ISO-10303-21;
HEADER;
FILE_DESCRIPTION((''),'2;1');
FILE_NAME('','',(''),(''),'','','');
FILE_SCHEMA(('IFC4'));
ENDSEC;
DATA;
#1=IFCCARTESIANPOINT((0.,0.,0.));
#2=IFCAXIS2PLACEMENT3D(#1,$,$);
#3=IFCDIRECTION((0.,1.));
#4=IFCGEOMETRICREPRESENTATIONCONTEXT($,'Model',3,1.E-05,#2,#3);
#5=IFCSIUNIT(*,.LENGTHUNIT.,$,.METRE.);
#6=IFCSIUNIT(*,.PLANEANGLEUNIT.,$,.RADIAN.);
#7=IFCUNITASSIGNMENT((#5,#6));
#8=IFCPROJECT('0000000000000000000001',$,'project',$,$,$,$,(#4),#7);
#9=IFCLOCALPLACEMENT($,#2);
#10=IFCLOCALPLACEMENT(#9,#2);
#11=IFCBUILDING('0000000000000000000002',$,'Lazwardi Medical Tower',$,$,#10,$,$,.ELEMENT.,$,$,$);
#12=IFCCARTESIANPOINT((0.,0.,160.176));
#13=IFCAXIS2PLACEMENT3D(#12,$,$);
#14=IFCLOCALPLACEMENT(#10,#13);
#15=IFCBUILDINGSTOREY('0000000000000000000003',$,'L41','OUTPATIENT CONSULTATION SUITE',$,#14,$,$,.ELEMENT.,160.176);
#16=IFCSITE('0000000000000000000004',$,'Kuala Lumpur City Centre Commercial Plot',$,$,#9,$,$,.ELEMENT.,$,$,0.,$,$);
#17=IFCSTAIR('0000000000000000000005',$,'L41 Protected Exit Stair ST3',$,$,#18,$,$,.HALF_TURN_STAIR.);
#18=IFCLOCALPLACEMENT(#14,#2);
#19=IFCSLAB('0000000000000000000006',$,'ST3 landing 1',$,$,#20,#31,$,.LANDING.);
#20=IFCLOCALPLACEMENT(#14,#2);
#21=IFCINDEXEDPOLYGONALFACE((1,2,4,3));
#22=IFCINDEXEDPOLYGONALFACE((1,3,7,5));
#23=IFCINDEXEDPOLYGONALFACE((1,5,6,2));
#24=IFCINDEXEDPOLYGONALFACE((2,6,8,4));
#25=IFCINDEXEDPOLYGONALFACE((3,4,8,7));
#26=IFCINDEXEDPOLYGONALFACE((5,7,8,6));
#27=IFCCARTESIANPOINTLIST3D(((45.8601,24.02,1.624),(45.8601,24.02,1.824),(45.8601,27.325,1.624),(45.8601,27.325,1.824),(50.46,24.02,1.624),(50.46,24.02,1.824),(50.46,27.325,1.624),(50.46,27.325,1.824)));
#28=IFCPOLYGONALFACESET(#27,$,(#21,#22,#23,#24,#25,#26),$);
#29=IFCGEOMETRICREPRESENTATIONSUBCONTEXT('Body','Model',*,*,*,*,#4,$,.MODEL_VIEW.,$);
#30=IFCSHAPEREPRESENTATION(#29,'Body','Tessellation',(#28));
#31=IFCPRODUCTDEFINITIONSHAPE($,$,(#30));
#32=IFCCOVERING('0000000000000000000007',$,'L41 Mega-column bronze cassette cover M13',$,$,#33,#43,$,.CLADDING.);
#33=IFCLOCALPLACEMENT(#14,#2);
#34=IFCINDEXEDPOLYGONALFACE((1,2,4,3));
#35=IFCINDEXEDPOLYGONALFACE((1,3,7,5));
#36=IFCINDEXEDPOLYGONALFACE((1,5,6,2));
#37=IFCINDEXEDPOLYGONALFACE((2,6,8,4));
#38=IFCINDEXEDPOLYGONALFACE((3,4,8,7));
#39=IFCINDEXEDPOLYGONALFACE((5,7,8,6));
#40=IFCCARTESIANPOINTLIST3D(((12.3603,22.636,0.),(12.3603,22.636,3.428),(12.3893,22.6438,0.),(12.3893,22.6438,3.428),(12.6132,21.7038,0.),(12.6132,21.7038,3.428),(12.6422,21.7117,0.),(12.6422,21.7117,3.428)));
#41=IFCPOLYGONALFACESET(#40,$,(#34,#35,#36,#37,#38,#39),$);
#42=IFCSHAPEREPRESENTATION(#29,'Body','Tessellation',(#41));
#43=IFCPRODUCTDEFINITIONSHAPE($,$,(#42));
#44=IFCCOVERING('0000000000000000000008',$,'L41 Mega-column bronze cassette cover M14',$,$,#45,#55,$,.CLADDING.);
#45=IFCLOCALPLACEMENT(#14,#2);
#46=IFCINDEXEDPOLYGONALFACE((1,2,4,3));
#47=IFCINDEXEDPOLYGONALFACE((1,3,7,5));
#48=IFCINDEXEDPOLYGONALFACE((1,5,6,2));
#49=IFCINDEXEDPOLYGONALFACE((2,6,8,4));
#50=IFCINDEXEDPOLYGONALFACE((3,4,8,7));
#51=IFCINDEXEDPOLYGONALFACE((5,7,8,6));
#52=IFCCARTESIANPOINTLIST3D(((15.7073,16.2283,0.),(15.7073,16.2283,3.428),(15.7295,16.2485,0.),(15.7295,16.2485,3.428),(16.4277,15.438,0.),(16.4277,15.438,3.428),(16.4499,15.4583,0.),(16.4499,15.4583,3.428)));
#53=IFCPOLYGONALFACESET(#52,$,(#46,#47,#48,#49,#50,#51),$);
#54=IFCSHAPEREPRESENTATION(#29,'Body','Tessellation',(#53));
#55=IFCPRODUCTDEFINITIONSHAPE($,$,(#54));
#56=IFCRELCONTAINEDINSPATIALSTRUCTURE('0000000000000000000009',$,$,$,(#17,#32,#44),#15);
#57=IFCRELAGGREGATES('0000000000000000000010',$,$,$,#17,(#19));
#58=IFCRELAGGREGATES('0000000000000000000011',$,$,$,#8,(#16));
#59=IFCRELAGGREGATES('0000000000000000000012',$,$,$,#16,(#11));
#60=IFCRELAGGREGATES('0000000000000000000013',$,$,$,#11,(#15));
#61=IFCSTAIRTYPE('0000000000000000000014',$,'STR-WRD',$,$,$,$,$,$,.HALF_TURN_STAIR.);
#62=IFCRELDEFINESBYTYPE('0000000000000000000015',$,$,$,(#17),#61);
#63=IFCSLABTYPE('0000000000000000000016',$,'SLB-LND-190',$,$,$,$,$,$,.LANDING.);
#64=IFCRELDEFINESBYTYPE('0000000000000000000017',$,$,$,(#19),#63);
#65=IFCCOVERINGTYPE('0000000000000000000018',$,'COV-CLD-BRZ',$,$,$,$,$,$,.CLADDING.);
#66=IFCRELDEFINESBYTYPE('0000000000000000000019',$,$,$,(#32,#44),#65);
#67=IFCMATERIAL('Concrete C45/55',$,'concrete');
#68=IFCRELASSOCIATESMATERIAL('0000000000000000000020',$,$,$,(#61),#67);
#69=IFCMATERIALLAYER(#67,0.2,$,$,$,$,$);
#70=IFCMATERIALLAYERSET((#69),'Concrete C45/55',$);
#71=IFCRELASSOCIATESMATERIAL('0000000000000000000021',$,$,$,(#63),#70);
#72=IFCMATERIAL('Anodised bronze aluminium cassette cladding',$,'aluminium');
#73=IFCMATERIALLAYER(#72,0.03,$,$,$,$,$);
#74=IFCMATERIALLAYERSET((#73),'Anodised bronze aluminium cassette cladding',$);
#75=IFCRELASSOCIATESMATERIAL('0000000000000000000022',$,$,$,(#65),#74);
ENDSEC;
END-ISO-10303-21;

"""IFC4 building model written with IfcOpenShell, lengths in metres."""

from ifc_helpers import new_model, si_unit, direction, frame, origin, origin_2d, place, context, subcontext, project, spatial, polyline, rectangle, outline, extrude, material, layer, layer_set, type_object, element, aggregate, save


model = new_model("IFC4")

# Units and contexts
model_context = context("Model", 3, precision=1e-05, world=origin(), true_north=direction((0.0, 1.0)))
body_context = subcontext(model_context, "Body", "Model", "MODEL_VIEW")
ifc_project = project(units=[si_unit("LENGTHUNIT", "METRE"), si_unit("PLANEANGLEUNIT", "RADIAN")], contexts=[model_context])

# Site, building, storey
site_placement = place(None, origin())
site = spatial("IfcSite", under=ifc_project, at=site_placement, Name="Kuala Lumpur City Centre Commercial Plot", CompositionType="ELEMENT", RefElevation=0.0)
building_placement = place(site_placement, origin())
building = spatial("IfcBuilding", under=site, at=building_placement, Name="Lazwardi Medical Tower", CompositionType="ELEMENT")
storey_placement = place(building_placement, frame((0.0, 0.0, 160.176)))
storey = spatial("IfcBuildingStorey", under=building, at=storey_placement, Name="L41", Description="OUTPATIENT CONSULTATION SUITE", CompositionType="ELEMENT", Elevation=160.176)

# Stair, slab
ifc_material_1 = material(Name="Concrete C45/55", Category="concrete")
stair_type = type_object("IfcStairType", Name="STR-WRD", PredefinedType="HALF_TURN_STAIR", material=ifc_material_1)
stair_placement = place(storey_placement, origin())
stair = element("IfcStair", 1, at=stair_placement, inside=storey, type_object=stair_type, Name="L41 Protected Exit Stair ST3", PredefinedType="HALF_TURN_STAIR")
ifc_layer_1 = layer(ifc_material_1, 0.2)
ifc_layer_set_1 = layer_set([ifc_layer_1], Name="Concrete C45/55")
slab_type = type_object("IfcSlabType", Name="SLB-LND-190", PredefinedType="LANDING", material=ifc_layer_set_1)
slab_placement = place(storey_placement, frame((0.0, 0.0, 1.624)))
slab = element("IfcSlab", 2, at=slab_placement, type_object=slab_type, Name="ST3 landing 1", PredefinedType="LANDING", context=body_context, shape_type="SweptSolid", body=[
    extrude(outline(polyline([(45.8601, 27.325), (45.8601, 24.02), (50.46, 24.02), (50.46, 27.325), (45.8601, 27.325)])), origin(), (0.0, 0.0, 1.0), 0.2),
])
aggregate(stair, [slab])

# Coverings
ifc_material_2 = material(Name="Anodised bronze aluminium cassette cladding", Category="aluminium")
ifc_layer_2 = layer(ifc_material_2, 0.03)
ifc_layer_set_2 = layer_set([ifc_layer_2], Name="Anodised bronze aluminium cassette cladding")
covering_type = type_object("IfcCoveringType", Name="COV-CLD-BRZ", PredefinedType="CLADDING", material=ifc_layer_set_2)
covering_1_placement = place(storey_placement, frame((12.5012, 22.1738, 0.0), z_axis=(0.0, 0.0, 1.0), x_axis=(0.261829, -0.965114, 0.0)))
element("IfcCovering", 3, at=covering_1_placement, inside=storey, type_object=covering_type, Name="L41 Mega-column bronze cassette cover M13", PredefinedType="CLADDING", context=body_context, shape_type="SweptSolid", body=[
    extrude(rectangle(XDim=0.9658, YDim=0.03, at=origin_2d()), origin(), (0.0, 0.0, 1.0), 3.428),
])
covering_2_placement = place(storey_placement, frame((16.0786, 15.8433, 0.0), z_axis=(0.0, 0.0, 1.0), x_axis=(0.673714, -0.738992, 0.0)))
element("IfcCovering", 4, at=covering_2_placement, inside=storey, type_object=covering_type, Name="L41 Mega-column bronze cassette cover M14", PredefinedType="CLADDING", context=body_context, shape_type="SweptSolid", body=[
    extrude(rectangle(XDim=1.0693, YDim=0.03, at=origin_2d()), origin(), (0.0, 0.0, 1.0), 3.428),
])

save(model, "model.ifc")
